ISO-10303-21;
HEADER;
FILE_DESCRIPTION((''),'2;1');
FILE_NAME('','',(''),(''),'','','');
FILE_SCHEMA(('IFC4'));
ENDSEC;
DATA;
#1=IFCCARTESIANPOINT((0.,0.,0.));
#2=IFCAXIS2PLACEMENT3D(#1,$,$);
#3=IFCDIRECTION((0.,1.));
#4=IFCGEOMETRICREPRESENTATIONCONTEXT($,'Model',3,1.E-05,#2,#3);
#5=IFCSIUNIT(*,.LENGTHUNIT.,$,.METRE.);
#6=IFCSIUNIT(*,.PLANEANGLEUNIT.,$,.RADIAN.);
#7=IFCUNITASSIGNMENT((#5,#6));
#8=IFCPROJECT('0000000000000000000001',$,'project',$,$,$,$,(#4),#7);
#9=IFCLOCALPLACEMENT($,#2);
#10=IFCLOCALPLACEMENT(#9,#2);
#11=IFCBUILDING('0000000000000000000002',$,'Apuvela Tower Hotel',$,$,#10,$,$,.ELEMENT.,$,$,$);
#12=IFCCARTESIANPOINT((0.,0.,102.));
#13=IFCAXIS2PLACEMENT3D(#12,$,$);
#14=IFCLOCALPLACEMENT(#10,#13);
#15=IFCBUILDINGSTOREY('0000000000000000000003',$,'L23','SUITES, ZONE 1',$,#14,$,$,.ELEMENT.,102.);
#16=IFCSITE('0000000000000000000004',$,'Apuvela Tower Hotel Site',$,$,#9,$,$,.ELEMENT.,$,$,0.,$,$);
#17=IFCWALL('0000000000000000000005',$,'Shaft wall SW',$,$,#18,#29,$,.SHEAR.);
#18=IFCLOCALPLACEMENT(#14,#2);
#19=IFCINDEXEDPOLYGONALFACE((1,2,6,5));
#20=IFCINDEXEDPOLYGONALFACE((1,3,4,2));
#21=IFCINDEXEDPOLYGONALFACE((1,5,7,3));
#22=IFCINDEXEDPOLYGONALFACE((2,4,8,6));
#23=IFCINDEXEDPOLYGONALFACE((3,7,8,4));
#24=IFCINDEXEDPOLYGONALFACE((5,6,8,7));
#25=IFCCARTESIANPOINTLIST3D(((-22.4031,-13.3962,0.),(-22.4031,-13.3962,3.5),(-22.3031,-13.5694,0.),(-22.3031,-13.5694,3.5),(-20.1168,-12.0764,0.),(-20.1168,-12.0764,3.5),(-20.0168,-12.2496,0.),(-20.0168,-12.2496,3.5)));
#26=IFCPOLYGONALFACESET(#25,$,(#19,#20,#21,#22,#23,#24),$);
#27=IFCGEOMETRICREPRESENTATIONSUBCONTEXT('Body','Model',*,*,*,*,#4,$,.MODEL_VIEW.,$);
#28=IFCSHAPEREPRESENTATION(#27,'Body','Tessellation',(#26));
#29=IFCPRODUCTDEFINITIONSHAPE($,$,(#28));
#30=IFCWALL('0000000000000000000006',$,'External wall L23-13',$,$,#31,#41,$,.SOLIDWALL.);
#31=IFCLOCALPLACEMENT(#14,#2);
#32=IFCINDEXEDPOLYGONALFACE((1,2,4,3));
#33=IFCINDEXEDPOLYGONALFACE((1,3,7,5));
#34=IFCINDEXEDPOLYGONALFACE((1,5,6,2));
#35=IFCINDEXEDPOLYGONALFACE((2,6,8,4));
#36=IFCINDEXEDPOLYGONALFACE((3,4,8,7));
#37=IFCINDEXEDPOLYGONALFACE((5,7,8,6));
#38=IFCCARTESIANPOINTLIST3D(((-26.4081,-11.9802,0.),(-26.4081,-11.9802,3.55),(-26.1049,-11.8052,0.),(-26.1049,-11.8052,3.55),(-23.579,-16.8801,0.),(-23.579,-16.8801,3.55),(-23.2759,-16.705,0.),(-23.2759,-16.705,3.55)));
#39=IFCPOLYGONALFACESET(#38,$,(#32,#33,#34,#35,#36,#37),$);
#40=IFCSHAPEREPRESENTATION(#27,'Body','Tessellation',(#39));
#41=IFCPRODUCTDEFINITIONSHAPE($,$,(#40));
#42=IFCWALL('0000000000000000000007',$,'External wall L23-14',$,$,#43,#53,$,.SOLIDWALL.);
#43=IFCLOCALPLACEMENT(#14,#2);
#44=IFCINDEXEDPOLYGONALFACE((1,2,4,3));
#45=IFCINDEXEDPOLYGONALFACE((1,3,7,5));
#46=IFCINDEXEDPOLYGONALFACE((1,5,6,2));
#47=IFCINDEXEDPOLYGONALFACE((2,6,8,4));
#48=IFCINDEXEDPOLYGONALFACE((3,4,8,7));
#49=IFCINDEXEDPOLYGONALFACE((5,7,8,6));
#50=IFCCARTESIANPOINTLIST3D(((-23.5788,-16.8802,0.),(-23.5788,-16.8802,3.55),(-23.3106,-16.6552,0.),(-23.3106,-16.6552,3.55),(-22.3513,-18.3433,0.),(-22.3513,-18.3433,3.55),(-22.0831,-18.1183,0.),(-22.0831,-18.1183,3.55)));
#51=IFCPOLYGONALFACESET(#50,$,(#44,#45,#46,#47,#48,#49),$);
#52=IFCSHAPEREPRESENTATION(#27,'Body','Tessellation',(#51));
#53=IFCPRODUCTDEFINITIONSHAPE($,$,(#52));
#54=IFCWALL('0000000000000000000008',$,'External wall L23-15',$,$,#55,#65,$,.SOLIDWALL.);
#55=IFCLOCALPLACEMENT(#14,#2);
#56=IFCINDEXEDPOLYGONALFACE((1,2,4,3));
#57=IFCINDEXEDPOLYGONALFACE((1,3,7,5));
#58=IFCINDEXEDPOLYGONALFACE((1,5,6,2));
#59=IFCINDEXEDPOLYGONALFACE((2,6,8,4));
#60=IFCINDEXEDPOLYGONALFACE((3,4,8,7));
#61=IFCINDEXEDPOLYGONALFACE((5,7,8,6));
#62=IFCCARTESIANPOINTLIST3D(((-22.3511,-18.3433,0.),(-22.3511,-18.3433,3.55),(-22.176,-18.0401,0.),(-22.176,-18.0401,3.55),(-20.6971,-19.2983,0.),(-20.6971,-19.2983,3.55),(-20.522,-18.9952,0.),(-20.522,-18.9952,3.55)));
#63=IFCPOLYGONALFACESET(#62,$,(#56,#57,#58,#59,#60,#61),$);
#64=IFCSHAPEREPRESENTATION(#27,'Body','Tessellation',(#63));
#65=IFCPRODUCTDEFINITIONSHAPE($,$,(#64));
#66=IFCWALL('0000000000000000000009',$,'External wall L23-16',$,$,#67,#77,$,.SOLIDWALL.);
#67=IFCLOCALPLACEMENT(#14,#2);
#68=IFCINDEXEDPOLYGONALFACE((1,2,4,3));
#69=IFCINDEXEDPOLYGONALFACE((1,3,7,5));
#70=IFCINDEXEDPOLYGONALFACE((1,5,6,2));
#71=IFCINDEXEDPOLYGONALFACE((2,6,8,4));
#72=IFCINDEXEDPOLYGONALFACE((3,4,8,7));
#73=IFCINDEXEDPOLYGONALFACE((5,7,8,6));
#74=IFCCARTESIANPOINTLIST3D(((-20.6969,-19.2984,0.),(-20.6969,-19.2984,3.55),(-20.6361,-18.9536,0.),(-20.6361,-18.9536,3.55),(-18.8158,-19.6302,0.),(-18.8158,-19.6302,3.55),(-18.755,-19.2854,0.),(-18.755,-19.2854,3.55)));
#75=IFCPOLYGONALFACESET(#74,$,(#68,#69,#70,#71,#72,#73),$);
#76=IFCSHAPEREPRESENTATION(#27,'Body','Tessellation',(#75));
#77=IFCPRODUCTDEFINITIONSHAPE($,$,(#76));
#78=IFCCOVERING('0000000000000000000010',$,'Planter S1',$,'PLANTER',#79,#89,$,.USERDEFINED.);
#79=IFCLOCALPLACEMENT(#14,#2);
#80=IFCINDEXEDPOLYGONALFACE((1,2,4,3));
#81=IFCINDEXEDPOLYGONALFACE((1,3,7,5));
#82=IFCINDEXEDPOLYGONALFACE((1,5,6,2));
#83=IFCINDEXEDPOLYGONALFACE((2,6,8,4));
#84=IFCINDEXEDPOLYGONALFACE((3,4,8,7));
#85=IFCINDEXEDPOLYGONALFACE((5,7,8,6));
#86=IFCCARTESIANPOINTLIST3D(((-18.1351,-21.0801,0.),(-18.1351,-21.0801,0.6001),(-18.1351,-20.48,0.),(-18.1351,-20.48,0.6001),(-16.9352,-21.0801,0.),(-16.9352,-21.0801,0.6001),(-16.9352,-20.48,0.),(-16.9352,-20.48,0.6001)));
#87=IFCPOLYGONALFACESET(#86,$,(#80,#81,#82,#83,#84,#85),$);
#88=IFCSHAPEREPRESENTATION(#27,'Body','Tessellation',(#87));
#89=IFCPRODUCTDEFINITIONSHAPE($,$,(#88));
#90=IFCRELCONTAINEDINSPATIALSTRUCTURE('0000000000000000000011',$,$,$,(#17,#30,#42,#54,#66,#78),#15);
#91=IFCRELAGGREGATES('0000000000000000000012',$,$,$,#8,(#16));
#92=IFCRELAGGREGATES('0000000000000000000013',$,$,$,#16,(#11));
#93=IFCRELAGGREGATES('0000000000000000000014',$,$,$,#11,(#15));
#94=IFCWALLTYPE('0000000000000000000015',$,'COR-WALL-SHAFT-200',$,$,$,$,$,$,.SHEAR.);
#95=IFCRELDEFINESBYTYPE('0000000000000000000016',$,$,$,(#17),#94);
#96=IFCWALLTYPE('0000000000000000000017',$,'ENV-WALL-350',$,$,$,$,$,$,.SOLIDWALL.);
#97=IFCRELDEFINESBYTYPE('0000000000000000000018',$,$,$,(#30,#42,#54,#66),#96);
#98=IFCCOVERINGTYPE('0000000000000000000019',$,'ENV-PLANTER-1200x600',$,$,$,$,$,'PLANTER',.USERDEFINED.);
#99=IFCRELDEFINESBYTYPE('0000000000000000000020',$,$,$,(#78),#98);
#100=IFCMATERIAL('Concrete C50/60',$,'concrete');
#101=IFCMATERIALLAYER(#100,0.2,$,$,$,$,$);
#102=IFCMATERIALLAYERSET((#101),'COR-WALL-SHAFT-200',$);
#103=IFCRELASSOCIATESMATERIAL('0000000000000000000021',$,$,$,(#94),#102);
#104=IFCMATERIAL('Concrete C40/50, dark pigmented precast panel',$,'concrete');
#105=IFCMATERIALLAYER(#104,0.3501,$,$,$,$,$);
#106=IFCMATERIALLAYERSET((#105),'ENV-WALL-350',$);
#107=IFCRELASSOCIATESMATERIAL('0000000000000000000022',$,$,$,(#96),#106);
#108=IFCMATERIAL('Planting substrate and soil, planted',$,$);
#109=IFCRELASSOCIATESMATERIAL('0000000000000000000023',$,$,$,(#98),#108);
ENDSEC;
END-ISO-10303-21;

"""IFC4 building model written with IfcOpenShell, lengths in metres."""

from ifc_helpers import new_model, si_unit, direction, frame, frame_2d, origin, origin_2d, place, context, subcontext, project, spatial, rectangle, extrude, material, layer, layer_set, type_object, element, save


model = new_model("IFC4")

# Units and contexts
model_context = context("Model", 3, precision=1e-05, world=origin(), true_north=direction((0.0, 1.0)))
body_context = subcontext(model_context, "Body", "Model", "MODEL_VIEW")
ifc_project = project(units=[si_unit("LENGTHUNIT", "METRE"), si_unit("PLANEANGLEUNIT", "RADIAN")], contexts=[model_context])

# Site, building, storey
site_placement = place(None, origin())
site = spatial("IfcSite", under=ifc_project, at=site_placement, Name="Apuvela Tower Hotel Site", CompositionType="ELEMENT", RefElevation=0.0)
building_placement = place(site_placement, origin())
building = spatial("IfcBuilding", under=site, at=building_placement, Name="Apuvela Tower Hotel", CompositionType="ELEMENT")
storey_placement = place(building_placement, frame((0.0, 0.0, 102.0)))
storey = spatial("IfcBuildingStorey", under=building, at=storey_placement, Name="L23", Description="SUITES, ZONE 1", CompositionType="ELEMENT", Elevation=102.0)

# Shared definitions
ifc_material_1 = material(Name="Concrete C50/60", Category="concrete")
ifc_layer_1 = layer(ifc_material_1, 0.2)
ifc_layer_set_1 = layer_set([ifc_layer_1], Name="COR-WALL-SHAFT-200")
wall_type_1 = type_object("IfcWallType", Name="COR-WALL-SHAFT-200", PredefinedType="SHEAR", material=ifc_layer_set_1)

# Walls
wall_1_placement = place(storey_placement, frame((-20.0669, -12.1631, 0.0), z_axis=(0.0, 0.0, 1.0), x_axis=(-0.866061, -0.499939, 0.0)))
element("IfcWall", 1, at=wall_1_placement, inside=storey, type_object=wall_type_1, Name="Shaft wall SW", PredefinedType="SHEAR", context=body_context, shape_type="SweptSolid", body=[
    extrude(rectangle(XDim=2.6399, YDim=0.2, at=frame_2d((1.3198, 0.0))), origin(), (0.0, 0.0, 1.0), 3.5),
])
ifc_material_2 = material(Name="Concrete C40/50, dark pigmented precast panel", Category="concrete")
ifc_layer_2 = layer(ifc_material_2, 0.3501)
ifc_layer_set_2 = layer_set([ifc_layer_2], Name="ENV-WALL-350")
wall_type_2 = type_object("IfcWallType", Name="ENV-WALL-350", PredefinedType="SOLIDWALL", material=ifc_layer_set_2)
wall_2_placement = place(storey_placement, frame((-26.2566, -11.8926, 0.0), z_axis=(0.0, 0.0, 1.0), x_axis=(0.500019, -0.866015, 0.0)))
element("IfcWall", 2, at=wall_2_placement, inside=storey, type_object=wall_type_2, Name="External wall L23-13", PredefinedType="SOLIDWALL", context=body_context, shape_type="SweptSolid", body=[
    extrude(rectangle(XDim=5.658, YDim=0.3501, at=frame_2d((2.8291, 0.0))), origin(), (0.0, 0.0, 1.0), 3.55),
])
for number, where, z_axis, x_axis, name in (
    (3, (-23.4448, -16.7676, 0.0), (0.0, 0.0, 1.0), (0.642733, -0.76609, 0.0), "External wall L23-14"),
    (4, (-22.2637, -18.1917, 0.0), (0.0, 0.0, 1.0), (0.866, -0.500043, 0.0), "External wall L23-15"),
):
    element("IfcWall", number, at=place(storey_placement, frame(where, z_axis=z_axis, x_axis=x_axis)), inside=storey, type_object=wall_type_2, Name=name, PredefinedType="SOLIDWALL", context=body_context, shape_type="SweptSolid", body=[
        extrude(rectangle(XDim=1.9099, YDim=0.3501, at=frame_2d((0.9551, 0.0))), origin(), (0.0, 0.0, 1.0), 3.55),
    ])
wall_3_placement = place(storey_placement, frame((-20.6665, -19.126, 0.0), z_axis=(0.0, 0.0, 1.0), x_axis=(0.984799, -0.173698, 0.0)))
element("IfcWall", 5, at=wall_3_placement, inside=storey, type_object=wall_type_2, Name="External wall L23-16", PredefinedType="SOLIDWALL", context=body_context, shape_type="SweptSolid", body=[
    extrude(rectangle(XDim=1.9102, YDim=0.3501, at=frame_2d((0.9551, 0.0))), origin(), (0.0, 0.0, 1.0), 3.55),
])

# Covering
ifc_material_3 = material(Name="Planting substrate and soil, planted")
covering_type = type_object("IfcCoveringType", Name="ENV-PLANTER-1200x600", ElementType="PLANTER", PredefinedType="USERDEFINED", material=ifc_material_3)
covering_placement = place(storey_placement, frame((-17.5352, -20.78, 0.0), z_axis=(0.0, 0.0, 1.0), x_axis=(1.0, 0.0, 0.0)))
element("IfcCovering", 6, at=covering_placement, inside=storey, type_object=covering_type, Name="Planter S1", ObjectType="PLANTER", PredefinedType="USERDEFINED", context=body_context, shape_type="SweptSolid", body=[
    extrude(rectangle(XDim=1.2, YDim=0.6001, at=origin_2d()), origin(), (0.0, 0.0, 1.0), 0.6001),
])

save(model, "model.ifc")
